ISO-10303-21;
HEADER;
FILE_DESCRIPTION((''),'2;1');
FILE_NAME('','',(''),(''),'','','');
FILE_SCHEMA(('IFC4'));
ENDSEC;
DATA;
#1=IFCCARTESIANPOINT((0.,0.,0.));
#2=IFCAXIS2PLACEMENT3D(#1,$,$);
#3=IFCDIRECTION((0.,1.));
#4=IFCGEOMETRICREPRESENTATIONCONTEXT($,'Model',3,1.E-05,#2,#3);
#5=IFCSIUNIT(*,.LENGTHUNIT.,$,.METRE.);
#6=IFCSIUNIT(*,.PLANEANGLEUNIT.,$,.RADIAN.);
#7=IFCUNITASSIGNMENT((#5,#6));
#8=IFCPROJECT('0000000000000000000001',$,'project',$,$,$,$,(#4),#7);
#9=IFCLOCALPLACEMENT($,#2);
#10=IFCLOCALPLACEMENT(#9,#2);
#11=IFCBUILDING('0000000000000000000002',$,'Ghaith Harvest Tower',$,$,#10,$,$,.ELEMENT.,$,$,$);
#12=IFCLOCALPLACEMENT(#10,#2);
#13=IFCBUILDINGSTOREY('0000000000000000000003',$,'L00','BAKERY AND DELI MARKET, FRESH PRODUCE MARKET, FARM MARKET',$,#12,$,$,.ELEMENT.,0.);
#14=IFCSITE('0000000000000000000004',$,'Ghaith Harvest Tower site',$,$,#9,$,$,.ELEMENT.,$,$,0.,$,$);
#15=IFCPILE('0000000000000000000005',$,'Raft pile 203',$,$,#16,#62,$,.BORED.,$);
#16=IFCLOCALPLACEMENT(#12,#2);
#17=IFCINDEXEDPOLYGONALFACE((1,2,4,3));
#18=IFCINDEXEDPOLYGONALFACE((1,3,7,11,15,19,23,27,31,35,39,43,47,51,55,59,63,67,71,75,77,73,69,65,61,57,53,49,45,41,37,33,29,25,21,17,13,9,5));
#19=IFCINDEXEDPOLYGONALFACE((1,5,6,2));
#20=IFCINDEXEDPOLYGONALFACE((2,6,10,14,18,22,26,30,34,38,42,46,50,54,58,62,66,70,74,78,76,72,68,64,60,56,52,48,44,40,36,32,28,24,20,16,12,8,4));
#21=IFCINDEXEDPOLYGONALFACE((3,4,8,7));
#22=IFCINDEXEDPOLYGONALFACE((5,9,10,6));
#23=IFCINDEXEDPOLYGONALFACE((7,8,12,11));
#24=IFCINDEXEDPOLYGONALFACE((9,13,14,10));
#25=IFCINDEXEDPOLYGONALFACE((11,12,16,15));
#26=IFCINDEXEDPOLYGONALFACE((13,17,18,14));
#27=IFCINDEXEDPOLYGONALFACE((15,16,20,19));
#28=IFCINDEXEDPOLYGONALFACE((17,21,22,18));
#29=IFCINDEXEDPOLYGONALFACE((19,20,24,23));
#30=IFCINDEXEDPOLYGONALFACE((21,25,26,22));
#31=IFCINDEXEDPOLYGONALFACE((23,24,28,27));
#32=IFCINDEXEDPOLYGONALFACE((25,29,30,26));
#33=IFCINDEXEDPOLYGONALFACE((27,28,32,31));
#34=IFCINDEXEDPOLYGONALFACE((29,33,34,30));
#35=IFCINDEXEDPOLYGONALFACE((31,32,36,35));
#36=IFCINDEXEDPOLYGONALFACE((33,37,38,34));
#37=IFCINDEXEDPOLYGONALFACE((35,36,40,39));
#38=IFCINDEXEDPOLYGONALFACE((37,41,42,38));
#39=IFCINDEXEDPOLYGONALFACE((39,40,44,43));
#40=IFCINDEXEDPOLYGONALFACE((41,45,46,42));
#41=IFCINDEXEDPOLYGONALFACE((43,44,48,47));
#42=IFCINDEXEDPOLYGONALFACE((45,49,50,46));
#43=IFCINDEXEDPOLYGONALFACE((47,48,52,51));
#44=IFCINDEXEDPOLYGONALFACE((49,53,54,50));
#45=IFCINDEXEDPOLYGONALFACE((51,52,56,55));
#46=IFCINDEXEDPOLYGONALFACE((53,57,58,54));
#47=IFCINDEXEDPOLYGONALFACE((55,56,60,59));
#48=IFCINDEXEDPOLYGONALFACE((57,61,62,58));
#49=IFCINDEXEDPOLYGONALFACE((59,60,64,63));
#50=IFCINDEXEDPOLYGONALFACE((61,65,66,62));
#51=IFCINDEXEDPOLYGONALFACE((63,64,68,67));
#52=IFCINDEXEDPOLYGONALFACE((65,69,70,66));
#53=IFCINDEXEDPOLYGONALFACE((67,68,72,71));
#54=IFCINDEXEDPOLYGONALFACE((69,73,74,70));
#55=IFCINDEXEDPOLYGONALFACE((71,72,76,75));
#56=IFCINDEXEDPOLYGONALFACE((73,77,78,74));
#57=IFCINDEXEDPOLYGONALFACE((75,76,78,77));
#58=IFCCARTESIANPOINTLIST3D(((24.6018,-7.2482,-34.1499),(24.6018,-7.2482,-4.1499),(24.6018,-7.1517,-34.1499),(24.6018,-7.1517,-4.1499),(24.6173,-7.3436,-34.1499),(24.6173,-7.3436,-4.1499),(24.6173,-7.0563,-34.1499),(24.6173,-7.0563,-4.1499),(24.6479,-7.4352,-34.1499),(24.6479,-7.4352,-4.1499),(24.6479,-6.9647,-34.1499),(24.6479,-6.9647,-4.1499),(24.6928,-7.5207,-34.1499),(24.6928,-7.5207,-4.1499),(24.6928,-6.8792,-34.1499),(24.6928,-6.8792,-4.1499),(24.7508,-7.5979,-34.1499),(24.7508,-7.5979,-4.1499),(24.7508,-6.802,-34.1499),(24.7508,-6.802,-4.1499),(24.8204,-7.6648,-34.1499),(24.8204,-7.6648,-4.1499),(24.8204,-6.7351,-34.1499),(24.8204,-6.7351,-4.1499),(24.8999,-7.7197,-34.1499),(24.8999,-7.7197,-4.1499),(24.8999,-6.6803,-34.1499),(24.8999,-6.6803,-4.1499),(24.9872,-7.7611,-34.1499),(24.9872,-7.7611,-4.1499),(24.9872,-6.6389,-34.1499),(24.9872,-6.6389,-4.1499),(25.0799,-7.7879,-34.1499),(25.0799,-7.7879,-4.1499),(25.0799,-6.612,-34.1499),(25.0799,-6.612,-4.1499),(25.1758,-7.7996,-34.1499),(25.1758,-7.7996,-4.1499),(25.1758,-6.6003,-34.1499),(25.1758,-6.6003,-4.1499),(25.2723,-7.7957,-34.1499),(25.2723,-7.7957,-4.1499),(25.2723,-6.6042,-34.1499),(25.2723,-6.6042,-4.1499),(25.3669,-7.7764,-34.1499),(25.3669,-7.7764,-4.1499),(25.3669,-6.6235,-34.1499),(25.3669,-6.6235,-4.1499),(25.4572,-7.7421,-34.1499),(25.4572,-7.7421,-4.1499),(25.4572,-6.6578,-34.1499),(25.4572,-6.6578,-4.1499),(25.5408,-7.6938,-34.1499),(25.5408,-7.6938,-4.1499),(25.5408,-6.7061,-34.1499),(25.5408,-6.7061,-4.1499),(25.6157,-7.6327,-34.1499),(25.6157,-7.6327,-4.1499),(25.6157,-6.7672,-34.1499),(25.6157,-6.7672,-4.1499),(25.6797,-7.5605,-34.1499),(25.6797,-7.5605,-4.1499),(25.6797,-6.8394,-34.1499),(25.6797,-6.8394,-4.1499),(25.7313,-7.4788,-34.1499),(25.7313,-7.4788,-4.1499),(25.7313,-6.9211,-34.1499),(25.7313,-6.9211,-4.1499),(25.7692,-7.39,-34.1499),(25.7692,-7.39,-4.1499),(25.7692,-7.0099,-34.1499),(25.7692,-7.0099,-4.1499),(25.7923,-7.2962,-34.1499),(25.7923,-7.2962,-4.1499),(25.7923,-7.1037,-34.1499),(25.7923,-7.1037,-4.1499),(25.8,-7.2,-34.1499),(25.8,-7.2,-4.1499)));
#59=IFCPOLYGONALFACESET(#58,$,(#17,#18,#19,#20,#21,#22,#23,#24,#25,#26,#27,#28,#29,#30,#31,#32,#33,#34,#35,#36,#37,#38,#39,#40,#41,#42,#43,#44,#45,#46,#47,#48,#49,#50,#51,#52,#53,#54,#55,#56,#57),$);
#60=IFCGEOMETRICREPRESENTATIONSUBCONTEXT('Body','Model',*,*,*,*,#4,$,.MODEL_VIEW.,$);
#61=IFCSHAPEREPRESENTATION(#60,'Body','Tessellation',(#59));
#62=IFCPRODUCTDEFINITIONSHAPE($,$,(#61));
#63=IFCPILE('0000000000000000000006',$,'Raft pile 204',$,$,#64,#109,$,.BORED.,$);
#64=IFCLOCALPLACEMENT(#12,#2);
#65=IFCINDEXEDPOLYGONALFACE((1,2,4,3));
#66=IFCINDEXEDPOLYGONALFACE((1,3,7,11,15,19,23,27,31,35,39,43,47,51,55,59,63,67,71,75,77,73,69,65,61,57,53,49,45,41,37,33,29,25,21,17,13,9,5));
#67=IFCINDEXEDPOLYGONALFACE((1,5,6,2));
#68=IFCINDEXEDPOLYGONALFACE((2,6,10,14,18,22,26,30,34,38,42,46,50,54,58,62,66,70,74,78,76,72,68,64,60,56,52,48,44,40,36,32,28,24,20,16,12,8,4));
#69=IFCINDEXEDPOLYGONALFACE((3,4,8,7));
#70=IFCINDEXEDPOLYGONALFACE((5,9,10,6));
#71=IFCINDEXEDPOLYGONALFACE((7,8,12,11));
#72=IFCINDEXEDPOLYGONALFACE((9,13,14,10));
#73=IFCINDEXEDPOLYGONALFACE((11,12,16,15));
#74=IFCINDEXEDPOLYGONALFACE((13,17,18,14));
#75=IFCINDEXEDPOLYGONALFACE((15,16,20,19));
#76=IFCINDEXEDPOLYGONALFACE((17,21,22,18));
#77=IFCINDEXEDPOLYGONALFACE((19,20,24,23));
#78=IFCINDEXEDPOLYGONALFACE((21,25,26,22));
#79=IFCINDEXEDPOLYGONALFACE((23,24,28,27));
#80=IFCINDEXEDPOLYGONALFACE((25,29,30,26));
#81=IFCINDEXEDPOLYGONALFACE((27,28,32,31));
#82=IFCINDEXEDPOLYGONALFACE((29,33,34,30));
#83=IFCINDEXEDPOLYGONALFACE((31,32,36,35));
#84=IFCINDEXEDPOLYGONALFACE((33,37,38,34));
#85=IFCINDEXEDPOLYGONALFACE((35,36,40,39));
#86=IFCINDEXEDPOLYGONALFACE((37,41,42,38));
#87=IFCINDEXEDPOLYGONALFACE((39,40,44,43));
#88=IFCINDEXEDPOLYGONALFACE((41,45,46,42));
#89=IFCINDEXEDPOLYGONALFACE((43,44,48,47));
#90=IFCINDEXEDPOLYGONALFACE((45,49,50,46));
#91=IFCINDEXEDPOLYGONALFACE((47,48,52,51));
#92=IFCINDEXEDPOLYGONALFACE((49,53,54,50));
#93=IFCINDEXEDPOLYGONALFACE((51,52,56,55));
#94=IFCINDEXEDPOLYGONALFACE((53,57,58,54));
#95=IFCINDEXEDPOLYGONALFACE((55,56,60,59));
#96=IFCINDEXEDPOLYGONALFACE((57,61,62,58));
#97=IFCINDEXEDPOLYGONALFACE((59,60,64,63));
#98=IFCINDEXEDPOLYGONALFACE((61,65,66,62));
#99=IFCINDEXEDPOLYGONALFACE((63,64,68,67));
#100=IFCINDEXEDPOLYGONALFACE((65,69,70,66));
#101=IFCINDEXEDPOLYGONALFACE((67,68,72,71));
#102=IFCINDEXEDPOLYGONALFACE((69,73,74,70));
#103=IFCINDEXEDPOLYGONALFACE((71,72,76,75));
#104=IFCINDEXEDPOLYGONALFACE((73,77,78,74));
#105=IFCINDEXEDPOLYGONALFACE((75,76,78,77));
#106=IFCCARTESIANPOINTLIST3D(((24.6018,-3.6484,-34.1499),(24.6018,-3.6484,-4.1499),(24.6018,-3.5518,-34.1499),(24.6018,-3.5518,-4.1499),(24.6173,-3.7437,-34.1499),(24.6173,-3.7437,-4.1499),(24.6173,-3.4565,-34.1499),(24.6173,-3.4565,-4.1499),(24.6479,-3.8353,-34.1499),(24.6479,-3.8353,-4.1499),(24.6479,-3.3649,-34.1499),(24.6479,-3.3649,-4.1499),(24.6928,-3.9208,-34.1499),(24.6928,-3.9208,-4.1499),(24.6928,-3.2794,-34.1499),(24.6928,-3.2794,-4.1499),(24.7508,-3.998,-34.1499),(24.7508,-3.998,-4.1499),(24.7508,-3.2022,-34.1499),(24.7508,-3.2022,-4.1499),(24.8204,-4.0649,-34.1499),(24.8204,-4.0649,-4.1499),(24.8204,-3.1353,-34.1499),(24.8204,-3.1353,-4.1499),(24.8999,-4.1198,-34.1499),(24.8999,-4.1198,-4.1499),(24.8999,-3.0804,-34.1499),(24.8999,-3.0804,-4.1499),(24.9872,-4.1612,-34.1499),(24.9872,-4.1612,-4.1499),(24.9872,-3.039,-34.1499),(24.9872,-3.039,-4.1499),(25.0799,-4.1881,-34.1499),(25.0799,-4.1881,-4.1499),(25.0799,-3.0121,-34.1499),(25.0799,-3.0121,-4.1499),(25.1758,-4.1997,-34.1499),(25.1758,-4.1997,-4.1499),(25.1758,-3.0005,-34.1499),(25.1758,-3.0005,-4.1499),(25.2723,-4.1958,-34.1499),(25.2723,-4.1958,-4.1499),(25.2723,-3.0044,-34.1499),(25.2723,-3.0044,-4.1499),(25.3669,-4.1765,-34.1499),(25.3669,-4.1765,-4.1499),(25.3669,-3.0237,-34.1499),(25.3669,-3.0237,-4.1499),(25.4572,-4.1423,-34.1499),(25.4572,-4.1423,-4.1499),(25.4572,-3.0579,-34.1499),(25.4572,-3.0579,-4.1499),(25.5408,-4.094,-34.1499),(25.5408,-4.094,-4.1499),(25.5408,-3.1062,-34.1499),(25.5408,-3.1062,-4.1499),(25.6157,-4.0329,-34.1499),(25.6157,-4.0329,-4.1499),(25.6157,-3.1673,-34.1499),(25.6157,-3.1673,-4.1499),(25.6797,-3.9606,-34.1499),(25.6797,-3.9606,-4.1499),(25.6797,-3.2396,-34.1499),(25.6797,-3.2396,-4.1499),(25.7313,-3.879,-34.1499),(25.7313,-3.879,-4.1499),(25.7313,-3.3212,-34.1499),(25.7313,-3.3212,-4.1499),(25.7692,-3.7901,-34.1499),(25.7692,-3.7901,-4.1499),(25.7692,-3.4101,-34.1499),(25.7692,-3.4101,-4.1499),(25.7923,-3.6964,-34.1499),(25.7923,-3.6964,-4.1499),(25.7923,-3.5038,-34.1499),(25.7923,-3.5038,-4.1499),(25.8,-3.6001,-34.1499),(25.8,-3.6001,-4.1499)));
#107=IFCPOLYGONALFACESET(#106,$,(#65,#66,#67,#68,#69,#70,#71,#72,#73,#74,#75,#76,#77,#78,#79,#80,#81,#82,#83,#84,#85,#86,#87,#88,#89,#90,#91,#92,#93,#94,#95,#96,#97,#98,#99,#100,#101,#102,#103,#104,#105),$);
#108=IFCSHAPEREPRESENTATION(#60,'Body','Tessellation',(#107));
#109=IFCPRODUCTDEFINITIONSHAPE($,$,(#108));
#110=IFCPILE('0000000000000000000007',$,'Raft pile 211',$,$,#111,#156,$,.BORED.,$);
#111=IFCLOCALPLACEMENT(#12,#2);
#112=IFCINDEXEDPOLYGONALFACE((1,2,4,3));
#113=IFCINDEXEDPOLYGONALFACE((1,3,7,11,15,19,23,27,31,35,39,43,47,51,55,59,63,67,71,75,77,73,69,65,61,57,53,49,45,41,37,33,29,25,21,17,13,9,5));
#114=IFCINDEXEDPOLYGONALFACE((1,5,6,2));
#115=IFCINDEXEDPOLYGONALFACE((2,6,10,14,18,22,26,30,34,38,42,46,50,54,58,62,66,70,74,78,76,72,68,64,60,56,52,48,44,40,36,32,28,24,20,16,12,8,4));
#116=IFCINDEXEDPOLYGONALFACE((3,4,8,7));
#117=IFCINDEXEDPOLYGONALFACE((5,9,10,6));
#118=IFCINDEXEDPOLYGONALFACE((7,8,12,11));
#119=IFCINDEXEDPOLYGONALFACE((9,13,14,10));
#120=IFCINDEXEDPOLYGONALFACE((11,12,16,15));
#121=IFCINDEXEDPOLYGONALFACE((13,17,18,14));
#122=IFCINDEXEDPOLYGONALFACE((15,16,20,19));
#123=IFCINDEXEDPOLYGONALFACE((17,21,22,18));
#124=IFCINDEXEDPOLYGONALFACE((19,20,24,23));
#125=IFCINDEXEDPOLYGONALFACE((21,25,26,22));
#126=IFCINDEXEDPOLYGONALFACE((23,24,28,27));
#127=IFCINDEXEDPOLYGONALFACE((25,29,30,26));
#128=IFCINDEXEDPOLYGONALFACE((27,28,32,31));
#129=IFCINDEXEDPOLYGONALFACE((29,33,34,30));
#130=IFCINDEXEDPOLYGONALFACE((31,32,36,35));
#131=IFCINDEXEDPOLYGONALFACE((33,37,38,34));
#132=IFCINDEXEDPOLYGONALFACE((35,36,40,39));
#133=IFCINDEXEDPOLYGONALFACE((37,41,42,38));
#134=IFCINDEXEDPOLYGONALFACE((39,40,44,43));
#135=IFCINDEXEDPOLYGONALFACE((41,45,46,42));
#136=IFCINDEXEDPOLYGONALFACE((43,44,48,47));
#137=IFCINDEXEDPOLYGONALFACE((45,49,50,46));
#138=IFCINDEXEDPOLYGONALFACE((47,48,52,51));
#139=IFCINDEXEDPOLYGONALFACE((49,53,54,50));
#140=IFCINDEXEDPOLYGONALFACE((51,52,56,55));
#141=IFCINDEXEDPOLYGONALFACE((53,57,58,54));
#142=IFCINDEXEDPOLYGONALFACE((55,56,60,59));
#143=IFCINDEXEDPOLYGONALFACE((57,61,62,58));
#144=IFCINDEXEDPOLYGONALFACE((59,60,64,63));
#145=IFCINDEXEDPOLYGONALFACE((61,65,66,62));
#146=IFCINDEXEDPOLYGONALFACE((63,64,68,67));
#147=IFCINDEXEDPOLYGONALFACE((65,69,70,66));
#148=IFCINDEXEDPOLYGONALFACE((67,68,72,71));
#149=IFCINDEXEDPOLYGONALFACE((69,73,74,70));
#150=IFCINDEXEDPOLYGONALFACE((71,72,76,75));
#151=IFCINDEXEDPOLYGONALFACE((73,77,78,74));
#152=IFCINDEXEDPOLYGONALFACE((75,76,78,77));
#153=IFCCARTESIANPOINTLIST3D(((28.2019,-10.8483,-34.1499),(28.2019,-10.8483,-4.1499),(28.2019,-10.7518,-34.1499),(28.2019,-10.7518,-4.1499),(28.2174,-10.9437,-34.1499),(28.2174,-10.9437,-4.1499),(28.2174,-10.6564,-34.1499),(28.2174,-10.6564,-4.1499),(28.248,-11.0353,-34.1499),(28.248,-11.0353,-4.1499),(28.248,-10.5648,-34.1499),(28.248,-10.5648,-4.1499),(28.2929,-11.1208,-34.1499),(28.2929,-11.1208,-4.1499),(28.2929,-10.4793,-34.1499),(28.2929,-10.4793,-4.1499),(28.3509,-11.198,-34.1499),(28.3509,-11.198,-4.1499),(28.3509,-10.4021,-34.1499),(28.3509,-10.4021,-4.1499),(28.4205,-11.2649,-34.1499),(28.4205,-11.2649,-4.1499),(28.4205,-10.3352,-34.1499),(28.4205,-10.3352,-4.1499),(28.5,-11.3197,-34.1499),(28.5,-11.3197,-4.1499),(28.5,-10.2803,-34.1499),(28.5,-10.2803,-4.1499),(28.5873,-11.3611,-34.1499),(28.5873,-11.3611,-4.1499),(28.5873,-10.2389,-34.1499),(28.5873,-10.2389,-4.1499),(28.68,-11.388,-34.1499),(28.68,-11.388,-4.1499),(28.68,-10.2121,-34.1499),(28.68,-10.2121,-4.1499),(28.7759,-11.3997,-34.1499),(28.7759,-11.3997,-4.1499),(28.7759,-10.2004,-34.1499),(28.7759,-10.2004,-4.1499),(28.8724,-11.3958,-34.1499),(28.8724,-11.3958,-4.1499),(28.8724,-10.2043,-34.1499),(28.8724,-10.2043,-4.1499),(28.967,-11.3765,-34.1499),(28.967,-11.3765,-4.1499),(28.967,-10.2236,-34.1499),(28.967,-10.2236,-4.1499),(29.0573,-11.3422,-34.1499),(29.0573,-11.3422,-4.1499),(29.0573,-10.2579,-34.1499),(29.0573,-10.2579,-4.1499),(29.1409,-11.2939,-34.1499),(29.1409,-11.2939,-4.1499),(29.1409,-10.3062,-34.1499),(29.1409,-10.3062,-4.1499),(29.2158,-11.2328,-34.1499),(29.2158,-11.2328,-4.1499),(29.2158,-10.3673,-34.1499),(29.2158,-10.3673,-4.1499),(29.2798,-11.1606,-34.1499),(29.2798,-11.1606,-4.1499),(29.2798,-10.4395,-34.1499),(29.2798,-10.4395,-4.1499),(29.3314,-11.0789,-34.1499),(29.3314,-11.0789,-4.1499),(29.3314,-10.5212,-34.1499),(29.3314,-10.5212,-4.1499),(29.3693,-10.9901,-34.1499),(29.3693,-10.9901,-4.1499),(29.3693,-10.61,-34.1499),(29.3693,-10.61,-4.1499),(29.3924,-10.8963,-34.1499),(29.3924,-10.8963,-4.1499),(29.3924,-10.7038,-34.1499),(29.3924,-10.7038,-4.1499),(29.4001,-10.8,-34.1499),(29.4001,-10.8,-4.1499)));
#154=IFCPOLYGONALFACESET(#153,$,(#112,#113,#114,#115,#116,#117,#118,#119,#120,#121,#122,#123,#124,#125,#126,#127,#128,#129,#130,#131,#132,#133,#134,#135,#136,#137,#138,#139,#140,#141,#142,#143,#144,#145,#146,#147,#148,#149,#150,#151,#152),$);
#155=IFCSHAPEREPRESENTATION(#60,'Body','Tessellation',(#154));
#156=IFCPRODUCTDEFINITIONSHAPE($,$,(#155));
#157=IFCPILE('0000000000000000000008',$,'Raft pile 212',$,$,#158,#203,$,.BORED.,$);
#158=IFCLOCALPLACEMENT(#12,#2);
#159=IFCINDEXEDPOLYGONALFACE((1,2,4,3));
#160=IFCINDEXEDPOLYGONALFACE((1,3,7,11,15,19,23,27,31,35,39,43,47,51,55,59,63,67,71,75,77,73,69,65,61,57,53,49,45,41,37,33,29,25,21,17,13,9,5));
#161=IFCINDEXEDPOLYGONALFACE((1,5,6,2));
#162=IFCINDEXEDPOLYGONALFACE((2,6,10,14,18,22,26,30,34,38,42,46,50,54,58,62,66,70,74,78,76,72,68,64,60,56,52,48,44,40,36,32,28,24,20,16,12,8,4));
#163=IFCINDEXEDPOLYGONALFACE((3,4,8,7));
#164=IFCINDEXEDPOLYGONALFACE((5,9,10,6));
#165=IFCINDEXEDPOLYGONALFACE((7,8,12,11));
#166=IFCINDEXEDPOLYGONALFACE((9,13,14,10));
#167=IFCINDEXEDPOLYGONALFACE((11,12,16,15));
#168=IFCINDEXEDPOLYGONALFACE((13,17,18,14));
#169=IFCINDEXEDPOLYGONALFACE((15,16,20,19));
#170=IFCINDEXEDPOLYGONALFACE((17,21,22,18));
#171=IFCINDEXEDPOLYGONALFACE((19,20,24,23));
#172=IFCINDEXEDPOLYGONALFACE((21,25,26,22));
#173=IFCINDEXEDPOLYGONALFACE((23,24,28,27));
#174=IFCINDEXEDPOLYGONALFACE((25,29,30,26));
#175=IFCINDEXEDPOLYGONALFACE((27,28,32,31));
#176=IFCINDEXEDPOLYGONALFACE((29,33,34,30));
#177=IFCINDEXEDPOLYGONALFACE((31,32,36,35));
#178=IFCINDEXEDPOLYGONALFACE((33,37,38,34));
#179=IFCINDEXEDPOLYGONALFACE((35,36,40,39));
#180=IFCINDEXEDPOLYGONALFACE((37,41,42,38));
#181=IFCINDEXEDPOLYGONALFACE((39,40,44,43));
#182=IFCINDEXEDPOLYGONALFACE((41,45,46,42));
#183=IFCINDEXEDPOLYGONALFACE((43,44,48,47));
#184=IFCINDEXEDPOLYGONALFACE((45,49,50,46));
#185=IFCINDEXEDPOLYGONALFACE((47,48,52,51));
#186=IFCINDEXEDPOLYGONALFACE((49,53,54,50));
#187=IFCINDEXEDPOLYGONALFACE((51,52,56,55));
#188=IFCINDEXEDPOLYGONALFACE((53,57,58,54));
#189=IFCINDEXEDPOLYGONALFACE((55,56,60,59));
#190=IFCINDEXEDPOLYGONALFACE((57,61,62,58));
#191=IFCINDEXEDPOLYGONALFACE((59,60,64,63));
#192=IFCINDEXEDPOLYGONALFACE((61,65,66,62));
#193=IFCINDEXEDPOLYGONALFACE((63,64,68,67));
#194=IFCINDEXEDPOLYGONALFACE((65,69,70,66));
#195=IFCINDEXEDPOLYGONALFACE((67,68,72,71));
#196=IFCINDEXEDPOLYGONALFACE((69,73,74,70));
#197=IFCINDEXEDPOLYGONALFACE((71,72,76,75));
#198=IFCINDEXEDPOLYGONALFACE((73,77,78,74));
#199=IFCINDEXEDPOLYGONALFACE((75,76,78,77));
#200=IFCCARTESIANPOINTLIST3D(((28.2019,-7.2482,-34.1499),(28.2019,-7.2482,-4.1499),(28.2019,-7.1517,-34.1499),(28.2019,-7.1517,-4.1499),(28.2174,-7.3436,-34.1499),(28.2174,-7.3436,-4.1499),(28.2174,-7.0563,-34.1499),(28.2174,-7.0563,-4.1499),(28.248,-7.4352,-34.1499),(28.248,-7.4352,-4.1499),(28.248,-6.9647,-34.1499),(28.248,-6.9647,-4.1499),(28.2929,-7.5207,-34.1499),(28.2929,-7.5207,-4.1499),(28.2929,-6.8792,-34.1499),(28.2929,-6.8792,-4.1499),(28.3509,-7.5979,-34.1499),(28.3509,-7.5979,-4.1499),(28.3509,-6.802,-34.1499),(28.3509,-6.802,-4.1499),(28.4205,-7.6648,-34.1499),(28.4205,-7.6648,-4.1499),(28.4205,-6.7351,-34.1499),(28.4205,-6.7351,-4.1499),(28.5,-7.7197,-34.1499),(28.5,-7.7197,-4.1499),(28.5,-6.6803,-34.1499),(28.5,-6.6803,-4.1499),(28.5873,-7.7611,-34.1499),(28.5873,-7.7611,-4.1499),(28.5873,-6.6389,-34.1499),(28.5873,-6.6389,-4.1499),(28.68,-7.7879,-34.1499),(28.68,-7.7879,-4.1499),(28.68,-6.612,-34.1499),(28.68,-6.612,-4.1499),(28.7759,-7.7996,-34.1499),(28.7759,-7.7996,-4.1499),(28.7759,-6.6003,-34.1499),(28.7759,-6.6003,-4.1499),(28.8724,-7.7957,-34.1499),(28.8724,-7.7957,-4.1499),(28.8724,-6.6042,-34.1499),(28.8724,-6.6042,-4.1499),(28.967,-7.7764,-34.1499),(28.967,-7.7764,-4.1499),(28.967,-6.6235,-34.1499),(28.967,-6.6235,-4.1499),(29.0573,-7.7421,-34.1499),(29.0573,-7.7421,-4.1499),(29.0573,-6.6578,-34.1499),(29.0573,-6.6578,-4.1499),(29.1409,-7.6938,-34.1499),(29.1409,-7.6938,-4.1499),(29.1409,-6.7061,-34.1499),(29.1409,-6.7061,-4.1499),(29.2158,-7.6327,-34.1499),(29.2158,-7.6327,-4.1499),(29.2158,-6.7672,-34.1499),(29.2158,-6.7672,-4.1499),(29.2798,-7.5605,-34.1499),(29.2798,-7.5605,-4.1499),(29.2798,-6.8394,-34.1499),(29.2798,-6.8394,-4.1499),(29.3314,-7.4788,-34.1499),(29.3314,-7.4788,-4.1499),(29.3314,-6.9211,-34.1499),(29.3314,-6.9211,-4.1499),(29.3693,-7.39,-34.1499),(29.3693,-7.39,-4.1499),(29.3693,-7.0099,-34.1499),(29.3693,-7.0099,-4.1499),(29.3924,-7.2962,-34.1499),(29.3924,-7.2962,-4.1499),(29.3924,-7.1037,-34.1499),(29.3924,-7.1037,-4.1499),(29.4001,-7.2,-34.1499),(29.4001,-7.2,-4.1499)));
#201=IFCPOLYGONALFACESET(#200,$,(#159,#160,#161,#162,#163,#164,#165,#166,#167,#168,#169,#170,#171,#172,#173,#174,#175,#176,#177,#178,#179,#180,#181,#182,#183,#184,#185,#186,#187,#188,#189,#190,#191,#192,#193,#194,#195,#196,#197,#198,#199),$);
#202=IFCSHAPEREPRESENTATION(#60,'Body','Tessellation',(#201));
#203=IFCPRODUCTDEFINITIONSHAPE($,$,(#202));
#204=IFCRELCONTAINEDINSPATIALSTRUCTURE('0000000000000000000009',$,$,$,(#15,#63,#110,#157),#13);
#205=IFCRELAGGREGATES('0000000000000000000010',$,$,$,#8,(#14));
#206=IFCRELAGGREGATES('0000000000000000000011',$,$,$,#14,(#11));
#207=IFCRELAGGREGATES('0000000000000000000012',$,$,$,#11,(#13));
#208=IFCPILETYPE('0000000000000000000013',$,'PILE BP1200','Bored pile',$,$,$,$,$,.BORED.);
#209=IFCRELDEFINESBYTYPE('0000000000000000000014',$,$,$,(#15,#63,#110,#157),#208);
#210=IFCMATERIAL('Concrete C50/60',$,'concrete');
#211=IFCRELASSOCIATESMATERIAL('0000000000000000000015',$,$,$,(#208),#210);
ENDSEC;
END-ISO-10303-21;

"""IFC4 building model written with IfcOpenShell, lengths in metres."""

from ifc_helpers import new_model, si_unit, direction, frame, origin, origin_2d, place, context, subcontext, project, spatial, circle, extrude, material, material_profile, profile_set, type_object, element, save


model = new_model("IFC4")

# Units and contexts
model_context = context("Model", 3, precision=1e-05, world=origin(), true_north=direction((0.0, 1.0)))
body_context = subcontext(model_context, "Body", "Model", "MODEL_VIEW")
ifc_project = project(units=[si_unit("LENGTHUNIT", "METRE"), si_unit("PLANEANGLEUNIT", "RADIAN")], contexts=[model_context])

# Site, building, storey
site_placement = place(None, origin())
site = spatial("IfcSite", under=ifc_project, at=site_placement, Name="Ghaith Harvest Tower site", CompositionType="ELEMENT", RefElevation=0.0)
building_placement = place(site_placement, origin())
building = spatial("IfcBuilding", under=site, at=building_placement, Name="Ghaith Harvest Tower", CompositionType="ELEMENT")
storey_placement = place(building_placement, origin())
storey = spatial("IfcBuildingStorey", under=building, at=storey_placement, Name="L00", Description="BAKERY AND DELI MARKET, FRESH PRODUCE MARKET, FARM MARKET", CompositionType="ELEMENT", Elevation=0.0)

# Piles
ifc_material_1 = material(Name="Concrete C50/60", Category="concrete")
ifc_material_profile_1 = material_profile(ifc_material_1, circle(Radius=0.6001, at=origin_2d()), Name="PILE1200")
ifc_profile_set_1 = profile_set([ifc_material_profile_1], Name="Concrete C50/60")
pile_type = type_object("IfcPileType", Name="PILE BP1200", Description="Bored pile", PredefinedType="BORED", material=ifc_profile_set_1)
for number, where, z_axis, x_axis, name in (
    (1, (25.2, -7.2, -4.1499), (0.0, 0.0, -1.0), (1.0, 0.0, 0.0), "Raft pile 203"),
    (2, (25.2, -3.6001, -4.1499), (0.0, 0.0, -1.0), (1.0, 0.0, 0.0), "Raft pile 204"),
    (3, (28.8, -10.8, -4.1499), (0.0, 0.0, -1.0), (1.0, 0.0, 0.0), "Raft pile 211"),
    (4, (28.8, -7.2, -4.1499), (0.0, 0.0, -1.0), (1.0, 0.0, 0.0), "Raft pile 212"),
):
    element("IfcPile", number, at=place(storey_placement, frame(where, z_axis=z_axis, x_axis=x_axis)), inside=storey, type_object=pile_type, Name=name, PredefinedType="BORED", context=body_context, shape_type="SweptSolid", body=[
        extrude(circle(Radius=0.6001, at=origin_2d()), origin(), (0.0, 0.0, 1.0), 30.0),
    ])

save(model, "model.ifc")
